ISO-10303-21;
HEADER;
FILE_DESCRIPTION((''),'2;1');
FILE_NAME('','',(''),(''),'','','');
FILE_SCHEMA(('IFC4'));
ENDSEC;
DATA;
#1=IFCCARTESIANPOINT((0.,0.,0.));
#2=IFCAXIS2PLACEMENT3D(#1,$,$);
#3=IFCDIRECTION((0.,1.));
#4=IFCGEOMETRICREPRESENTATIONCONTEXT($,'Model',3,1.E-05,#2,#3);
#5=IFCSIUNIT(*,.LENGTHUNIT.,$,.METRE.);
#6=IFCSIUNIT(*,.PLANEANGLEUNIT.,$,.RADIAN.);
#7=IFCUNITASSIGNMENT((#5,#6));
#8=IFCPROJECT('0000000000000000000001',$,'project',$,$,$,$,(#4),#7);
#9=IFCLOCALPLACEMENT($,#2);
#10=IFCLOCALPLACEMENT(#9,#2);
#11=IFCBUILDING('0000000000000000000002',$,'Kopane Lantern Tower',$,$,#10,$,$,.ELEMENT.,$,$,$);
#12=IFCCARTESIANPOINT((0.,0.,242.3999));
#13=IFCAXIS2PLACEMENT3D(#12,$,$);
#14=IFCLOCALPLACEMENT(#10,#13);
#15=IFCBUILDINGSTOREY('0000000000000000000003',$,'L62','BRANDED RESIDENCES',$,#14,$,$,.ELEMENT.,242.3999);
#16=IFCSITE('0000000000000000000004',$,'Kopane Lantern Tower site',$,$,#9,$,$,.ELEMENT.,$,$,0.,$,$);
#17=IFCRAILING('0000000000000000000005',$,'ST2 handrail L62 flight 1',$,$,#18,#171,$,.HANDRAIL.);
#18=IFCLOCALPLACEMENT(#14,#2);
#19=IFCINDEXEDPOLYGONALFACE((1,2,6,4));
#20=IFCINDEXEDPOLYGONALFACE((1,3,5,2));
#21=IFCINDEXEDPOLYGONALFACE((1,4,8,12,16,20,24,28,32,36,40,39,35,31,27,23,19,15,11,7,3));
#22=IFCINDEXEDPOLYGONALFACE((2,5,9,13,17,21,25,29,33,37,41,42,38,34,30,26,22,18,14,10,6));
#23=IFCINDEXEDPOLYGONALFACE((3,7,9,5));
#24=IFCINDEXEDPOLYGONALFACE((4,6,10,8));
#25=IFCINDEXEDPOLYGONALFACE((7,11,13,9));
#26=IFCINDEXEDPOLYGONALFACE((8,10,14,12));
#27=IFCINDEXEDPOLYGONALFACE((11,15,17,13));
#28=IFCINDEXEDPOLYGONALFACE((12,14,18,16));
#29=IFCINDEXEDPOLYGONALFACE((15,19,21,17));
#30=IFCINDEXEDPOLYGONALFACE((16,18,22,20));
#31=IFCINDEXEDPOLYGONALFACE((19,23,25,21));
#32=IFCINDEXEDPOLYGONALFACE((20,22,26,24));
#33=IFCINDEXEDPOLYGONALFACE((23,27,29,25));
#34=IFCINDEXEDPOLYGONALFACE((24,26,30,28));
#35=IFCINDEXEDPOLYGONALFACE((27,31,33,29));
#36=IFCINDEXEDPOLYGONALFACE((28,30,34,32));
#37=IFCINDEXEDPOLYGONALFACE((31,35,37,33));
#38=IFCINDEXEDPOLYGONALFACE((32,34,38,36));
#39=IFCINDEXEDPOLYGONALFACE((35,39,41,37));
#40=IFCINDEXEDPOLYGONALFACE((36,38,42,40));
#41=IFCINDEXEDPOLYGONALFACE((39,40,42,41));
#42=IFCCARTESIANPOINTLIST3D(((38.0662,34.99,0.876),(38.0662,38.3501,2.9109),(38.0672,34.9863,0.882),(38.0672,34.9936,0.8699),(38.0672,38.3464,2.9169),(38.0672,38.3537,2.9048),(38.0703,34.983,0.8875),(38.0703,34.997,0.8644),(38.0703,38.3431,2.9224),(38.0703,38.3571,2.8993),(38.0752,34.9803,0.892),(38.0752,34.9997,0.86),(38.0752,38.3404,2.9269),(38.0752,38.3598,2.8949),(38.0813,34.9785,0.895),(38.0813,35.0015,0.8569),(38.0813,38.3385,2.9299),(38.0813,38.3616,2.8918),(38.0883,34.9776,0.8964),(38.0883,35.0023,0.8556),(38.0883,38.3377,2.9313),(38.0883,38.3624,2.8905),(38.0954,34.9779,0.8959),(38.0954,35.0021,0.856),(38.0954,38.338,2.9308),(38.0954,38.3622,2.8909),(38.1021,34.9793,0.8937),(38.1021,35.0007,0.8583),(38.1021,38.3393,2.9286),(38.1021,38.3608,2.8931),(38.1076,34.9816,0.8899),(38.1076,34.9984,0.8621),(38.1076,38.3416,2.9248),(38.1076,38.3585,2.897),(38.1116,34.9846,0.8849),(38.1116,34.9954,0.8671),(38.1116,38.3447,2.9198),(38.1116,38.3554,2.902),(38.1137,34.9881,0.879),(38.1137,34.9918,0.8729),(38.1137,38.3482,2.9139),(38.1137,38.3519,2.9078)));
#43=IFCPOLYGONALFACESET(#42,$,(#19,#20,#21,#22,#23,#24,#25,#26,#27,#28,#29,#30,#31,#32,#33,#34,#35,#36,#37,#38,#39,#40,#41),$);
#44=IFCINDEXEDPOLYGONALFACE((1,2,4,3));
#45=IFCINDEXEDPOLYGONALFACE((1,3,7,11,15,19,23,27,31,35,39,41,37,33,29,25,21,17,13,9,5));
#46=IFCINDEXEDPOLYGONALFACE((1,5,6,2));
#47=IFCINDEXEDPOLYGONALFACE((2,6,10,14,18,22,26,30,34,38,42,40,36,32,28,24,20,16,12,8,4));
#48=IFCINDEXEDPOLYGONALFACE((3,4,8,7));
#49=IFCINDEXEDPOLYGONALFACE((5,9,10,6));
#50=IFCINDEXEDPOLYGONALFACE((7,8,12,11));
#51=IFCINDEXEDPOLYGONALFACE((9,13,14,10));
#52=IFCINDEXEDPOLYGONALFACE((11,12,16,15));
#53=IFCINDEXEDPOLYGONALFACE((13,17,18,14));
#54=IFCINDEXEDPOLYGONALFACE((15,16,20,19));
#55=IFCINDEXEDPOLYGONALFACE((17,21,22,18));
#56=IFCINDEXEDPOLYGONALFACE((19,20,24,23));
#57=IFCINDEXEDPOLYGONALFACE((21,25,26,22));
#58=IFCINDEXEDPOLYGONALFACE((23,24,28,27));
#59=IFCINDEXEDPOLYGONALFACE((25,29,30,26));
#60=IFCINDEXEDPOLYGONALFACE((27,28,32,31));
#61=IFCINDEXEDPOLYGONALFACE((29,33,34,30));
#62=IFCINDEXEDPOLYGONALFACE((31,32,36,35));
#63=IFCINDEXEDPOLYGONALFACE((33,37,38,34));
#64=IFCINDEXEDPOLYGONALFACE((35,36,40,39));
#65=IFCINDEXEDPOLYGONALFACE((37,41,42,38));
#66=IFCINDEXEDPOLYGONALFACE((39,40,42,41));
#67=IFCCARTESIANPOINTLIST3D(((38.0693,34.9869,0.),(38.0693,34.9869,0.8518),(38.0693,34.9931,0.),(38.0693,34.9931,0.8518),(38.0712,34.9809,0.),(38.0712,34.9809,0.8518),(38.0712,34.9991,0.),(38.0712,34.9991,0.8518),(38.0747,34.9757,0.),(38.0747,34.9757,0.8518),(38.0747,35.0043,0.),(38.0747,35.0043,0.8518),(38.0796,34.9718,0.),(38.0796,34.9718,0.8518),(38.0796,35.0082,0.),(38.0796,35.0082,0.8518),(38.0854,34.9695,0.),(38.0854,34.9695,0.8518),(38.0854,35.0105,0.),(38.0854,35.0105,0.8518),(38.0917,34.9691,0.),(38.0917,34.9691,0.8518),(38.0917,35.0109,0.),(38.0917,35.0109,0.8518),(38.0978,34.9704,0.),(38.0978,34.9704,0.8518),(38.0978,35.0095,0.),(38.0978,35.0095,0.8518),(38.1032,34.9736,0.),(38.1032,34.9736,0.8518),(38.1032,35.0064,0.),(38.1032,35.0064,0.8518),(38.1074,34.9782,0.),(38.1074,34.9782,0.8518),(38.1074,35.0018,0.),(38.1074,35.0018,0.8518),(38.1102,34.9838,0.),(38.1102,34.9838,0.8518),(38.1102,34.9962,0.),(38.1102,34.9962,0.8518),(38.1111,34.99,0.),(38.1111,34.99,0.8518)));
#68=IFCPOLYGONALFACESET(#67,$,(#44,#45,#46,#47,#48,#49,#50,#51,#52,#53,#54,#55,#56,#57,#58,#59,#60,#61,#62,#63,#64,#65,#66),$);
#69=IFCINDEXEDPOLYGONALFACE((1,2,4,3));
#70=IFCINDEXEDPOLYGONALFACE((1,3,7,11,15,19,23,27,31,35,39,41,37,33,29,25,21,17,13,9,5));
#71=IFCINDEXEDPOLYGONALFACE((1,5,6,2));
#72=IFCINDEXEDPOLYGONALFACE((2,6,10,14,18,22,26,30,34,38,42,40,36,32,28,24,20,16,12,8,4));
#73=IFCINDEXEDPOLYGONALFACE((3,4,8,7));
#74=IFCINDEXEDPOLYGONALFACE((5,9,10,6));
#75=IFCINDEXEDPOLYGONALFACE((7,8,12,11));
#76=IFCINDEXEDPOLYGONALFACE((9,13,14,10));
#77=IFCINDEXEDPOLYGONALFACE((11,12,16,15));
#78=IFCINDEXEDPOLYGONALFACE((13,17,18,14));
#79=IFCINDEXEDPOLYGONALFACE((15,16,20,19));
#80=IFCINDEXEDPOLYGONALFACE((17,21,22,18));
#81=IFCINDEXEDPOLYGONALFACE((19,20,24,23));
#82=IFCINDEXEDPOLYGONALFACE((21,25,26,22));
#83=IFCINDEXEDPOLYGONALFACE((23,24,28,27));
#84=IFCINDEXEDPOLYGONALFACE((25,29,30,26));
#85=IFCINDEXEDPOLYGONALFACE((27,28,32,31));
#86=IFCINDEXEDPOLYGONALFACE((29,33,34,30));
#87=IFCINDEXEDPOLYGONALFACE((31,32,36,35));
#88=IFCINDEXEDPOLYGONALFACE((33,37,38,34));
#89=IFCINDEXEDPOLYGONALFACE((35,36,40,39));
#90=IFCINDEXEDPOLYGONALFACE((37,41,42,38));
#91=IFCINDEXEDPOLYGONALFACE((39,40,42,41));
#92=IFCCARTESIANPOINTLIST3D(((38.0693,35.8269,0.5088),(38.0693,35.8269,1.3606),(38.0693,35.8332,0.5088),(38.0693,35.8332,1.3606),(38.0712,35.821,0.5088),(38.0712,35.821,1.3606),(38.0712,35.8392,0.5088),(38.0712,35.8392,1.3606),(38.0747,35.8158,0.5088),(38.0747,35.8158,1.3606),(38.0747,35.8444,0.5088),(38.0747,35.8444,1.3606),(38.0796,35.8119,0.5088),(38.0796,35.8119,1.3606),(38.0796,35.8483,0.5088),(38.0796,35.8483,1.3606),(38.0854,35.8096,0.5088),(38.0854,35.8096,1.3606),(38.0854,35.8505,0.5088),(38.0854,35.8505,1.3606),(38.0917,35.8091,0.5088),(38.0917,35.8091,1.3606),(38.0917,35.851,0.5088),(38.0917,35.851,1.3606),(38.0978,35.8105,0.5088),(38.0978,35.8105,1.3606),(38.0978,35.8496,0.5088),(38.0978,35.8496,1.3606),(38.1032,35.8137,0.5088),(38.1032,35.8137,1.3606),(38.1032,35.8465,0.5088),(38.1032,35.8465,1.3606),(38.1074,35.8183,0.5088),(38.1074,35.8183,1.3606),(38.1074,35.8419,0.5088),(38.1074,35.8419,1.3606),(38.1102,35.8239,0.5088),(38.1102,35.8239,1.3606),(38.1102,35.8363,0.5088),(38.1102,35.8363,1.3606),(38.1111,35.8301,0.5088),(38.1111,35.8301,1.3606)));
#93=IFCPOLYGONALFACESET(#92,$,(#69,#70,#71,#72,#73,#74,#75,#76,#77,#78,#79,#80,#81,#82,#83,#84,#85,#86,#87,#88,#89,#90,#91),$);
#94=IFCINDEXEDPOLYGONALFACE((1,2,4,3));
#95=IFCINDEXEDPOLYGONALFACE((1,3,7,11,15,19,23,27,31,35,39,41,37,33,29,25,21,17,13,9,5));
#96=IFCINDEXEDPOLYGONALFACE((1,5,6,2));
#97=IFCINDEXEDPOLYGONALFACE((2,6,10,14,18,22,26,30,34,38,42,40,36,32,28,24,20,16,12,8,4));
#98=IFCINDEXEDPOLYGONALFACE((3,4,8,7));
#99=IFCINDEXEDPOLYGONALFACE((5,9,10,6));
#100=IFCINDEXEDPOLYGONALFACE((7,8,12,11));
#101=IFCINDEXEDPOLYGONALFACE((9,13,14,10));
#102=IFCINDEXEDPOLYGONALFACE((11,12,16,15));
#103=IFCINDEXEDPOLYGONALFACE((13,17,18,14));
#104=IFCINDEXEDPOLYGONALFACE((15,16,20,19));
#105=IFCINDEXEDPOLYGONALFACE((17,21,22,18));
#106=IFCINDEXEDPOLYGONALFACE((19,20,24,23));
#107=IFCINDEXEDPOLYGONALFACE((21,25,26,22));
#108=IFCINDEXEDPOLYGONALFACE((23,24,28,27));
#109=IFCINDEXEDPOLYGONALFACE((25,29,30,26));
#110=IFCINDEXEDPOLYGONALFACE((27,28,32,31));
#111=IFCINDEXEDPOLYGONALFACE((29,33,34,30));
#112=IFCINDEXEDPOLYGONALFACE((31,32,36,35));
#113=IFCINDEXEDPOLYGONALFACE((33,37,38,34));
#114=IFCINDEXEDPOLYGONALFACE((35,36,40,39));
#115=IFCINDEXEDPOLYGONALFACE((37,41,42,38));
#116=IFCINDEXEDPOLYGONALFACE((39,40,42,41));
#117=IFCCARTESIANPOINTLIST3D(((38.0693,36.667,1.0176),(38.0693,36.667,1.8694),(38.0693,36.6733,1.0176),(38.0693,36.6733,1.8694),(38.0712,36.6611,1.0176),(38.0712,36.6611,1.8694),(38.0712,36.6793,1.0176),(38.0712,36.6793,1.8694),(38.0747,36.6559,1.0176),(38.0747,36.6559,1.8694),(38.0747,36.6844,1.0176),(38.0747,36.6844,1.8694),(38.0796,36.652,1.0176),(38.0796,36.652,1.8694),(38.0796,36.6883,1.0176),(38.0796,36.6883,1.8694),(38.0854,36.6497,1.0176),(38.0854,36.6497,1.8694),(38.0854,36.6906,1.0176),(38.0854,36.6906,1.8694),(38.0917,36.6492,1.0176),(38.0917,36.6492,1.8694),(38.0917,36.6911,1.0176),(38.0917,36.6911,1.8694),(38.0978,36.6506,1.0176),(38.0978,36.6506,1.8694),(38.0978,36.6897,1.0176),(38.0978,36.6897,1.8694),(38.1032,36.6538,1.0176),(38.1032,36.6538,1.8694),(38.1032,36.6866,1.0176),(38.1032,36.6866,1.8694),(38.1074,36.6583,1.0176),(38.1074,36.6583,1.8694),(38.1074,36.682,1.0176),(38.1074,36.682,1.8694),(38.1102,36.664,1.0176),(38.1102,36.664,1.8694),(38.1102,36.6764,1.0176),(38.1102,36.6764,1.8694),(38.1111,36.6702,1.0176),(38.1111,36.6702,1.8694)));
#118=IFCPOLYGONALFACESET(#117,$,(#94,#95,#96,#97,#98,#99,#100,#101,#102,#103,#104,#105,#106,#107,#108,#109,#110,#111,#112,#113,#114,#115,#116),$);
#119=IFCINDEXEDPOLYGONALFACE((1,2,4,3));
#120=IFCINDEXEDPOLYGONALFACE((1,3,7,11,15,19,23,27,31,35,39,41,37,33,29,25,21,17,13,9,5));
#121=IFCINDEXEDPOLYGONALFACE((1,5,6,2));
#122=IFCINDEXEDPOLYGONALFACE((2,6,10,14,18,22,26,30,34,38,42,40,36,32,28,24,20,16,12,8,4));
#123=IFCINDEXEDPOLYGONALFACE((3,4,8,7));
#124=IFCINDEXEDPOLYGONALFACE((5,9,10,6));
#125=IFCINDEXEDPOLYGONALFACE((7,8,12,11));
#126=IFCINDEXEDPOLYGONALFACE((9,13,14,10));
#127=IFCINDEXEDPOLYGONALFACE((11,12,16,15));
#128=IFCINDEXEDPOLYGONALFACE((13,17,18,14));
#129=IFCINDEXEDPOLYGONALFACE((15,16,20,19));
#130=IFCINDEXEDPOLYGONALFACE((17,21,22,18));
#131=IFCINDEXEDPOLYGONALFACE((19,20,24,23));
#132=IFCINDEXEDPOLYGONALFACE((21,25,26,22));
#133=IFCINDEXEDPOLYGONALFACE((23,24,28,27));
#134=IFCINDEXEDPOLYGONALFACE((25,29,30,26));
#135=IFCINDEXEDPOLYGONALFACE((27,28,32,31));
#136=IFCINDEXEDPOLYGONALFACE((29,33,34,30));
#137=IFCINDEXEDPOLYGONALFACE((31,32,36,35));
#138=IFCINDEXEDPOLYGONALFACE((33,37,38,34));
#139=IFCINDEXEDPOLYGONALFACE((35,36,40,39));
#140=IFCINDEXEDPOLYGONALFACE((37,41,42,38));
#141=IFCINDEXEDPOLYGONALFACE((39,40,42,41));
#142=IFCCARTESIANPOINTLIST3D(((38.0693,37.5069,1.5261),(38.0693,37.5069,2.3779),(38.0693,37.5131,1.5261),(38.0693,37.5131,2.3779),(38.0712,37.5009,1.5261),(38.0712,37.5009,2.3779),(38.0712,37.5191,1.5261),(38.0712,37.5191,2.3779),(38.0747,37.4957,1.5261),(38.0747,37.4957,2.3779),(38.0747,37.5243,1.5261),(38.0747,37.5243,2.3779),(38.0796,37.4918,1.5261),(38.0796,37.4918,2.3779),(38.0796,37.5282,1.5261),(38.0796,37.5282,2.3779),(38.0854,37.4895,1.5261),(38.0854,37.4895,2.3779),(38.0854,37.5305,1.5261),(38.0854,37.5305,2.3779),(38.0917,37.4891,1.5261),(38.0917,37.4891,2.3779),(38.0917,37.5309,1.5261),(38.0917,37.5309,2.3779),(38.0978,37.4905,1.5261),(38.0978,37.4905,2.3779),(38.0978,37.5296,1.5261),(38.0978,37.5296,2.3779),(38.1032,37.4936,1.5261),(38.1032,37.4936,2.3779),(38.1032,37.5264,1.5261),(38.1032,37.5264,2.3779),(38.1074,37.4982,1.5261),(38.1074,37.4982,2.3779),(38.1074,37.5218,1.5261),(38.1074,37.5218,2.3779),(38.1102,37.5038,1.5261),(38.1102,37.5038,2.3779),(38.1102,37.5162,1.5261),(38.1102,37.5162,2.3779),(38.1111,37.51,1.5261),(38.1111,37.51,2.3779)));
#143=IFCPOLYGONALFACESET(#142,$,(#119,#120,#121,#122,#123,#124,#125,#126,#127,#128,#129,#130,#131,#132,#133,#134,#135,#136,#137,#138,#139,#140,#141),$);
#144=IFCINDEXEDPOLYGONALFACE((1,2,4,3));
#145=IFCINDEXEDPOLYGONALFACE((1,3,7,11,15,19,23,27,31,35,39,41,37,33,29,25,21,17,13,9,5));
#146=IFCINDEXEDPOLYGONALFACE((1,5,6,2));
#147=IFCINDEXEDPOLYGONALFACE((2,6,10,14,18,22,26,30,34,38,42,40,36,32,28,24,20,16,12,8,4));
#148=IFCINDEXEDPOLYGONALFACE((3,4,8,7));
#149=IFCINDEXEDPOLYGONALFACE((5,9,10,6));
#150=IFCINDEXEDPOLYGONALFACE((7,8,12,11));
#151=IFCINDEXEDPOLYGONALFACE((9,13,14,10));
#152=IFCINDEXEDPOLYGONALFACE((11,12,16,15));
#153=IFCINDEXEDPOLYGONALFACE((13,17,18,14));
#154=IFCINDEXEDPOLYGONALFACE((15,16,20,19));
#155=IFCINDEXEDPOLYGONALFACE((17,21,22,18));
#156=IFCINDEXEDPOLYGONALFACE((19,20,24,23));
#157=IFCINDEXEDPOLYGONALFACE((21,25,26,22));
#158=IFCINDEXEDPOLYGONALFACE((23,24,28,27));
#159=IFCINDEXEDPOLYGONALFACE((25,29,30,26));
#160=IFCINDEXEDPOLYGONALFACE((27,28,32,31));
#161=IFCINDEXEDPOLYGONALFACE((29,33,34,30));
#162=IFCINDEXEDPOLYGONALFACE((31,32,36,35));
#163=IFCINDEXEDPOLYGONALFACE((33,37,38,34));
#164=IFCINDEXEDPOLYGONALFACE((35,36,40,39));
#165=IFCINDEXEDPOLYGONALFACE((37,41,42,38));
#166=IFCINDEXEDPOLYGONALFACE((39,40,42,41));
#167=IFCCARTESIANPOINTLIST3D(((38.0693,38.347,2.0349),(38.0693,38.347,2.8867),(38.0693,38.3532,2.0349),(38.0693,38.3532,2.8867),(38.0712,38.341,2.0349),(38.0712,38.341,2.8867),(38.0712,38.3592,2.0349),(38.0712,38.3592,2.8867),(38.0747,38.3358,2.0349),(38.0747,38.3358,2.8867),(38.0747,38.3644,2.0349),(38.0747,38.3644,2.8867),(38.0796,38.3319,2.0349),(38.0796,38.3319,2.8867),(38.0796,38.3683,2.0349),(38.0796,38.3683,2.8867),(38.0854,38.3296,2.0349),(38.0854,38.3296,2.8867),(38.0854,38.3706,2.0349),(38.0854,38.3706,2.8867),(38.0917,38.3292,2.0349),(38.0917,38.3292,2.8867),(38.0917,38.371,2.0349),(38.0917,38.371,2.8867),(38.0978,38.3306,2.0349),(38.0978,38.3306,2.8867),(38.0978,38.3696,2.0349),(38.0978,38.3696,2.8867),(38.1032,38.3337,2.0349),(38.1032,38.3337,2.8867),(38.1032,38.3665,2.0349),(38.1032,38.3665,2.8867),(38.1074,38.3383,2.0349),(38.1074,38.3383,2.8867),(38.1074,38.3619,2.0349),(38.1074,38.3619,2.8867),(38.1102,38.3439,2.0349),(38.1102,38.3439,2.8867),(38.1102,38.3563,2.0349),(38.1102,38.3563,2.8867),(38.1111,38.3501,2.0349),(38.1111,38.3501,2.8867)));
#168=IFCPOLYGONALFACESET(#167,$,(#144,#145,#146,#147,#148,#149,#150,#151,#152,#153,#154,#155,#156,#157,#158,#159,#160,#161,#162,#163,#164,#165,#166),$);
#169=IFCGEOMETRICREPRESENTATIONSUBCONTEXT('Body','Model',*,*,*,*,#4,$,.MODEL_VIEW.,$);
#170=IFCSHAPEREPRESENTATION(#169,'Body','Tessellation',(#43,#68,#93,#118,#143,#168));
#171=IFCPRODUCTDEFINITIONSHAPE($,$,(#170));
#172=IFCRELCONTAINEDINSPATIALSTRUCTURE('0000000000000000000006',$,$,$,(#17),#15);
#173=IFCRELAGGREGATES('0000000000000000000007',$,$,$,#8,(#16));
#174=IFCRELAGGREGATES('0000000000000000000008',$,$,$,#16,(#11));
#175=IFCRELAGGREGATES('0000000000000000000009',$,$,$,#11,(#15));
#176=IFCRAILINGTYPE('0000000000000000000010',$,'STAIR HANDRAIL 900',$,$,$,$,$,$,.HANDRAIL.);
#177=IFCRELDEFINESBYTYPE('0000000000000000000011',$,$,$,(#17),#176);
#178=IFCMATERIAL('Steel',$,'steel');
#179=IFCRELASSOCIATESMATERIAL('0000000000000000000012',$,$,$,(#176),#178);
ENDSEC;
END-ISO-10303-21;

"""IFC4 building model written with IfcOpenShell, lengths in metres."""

from ifc_helpers import new_model, si_unit, direction, frame, origin, origin_2d, place, context, subcontext, project, spatial, circle, extrude, material, type_object, element, save


model = new_model("IFC4")

# Units and contexts
model_context = context("Model", 3, precision=1e-05, world=origin(), true_north=direction((0.0, 1.0)))
body_context = subcontext(model_context, "Body", "Model", "MODEL_VIEW")
ifc_project = project(units=[si_unit("LENGTHUNIT", "METRE"), si_unit("PLANEANGLEUNIT", "RADIAN")], contexts=[model_context])

# Site, building, storey
site_placement = place(None, origin())
site = spatial("IfcSite", under=ifc_project, at=site_placement, Name="Kopane Lantern Tower site", CompositionType="ELEMENT", RefElevation=0.0)
building_placement = place(site_placement, origin())
building = spatial("IfcBuilding", under=site, at=building_placement, Name="Kopane Lantern Tower", CompositionType="ELEMENT")
storey_placement = place(building_placement, frame((0.0, 0.0, 242.3999)))
storey = spatial("IfcBuildingStorey", under=building, at=storey_placement, Name="L62", Description="BRANDED RESIDENCES", CompositionType="ELEMENT", Elevation=242.3999)

# Railing
ifc_material_1 = material(Name="Steel", Category="steel")
railing_type_1 = type_object("IfcRailingType", Name="STAIR HANDRAIL 900", PredefinedType="HANDRAIL", material=ifc_material_1)
for number, where, name in (
    (1, (38.0901, 34.99, 0.0), "ST2 handrail L62 flight 1"),
):
    element("IfcRailing", number, at=place(storey_placement, frame(where)), inside=storey, type_object=railing_type_1, Name=name, PredefinedType="HANDRAIL", context=body_context, shape_type="SweptSolid", body=[
        extrude(circle(Radius=0.0239, at=origin_2d()), frame((0.0, 0.0, 0.876), z_axis=(0.0, 0.855369, 0.518019), x_axis=(-1.0, 0.0, 0.0)), (0.0, 0.0, 1.0), 3.9282),
        extrude(circle(Radius=0.021, at=origin_2d()), origin(), (0.0, 0.0, 1.0), 0.8518),
        extrude(circle(Radius=0.021, at=origin_2d()), frame((0.0, 0.8401, 0.5088)), (0.0, 0.0, 1.0), 0.8518),
        extrude(circle(Radius=0.021, at=origin_2d()), frame((0.0, 1.6802, 1.0176)), (0.0, 0.0, 1.0), 0.8518),
        extrude(circle(Radius=0.021, at=origin_2d()), frame((0.0, 2.52, 1.5261)), (0.0, 0.0, 1.0), 0.8518),
        extrude(circle(Radius=0.021, at=origin_2d()), frame((0.0, 3.3601, 2.0349)), (0.0, 0.0, 1.0), 0.8518),
    ])

save(model, "model.ifc")
